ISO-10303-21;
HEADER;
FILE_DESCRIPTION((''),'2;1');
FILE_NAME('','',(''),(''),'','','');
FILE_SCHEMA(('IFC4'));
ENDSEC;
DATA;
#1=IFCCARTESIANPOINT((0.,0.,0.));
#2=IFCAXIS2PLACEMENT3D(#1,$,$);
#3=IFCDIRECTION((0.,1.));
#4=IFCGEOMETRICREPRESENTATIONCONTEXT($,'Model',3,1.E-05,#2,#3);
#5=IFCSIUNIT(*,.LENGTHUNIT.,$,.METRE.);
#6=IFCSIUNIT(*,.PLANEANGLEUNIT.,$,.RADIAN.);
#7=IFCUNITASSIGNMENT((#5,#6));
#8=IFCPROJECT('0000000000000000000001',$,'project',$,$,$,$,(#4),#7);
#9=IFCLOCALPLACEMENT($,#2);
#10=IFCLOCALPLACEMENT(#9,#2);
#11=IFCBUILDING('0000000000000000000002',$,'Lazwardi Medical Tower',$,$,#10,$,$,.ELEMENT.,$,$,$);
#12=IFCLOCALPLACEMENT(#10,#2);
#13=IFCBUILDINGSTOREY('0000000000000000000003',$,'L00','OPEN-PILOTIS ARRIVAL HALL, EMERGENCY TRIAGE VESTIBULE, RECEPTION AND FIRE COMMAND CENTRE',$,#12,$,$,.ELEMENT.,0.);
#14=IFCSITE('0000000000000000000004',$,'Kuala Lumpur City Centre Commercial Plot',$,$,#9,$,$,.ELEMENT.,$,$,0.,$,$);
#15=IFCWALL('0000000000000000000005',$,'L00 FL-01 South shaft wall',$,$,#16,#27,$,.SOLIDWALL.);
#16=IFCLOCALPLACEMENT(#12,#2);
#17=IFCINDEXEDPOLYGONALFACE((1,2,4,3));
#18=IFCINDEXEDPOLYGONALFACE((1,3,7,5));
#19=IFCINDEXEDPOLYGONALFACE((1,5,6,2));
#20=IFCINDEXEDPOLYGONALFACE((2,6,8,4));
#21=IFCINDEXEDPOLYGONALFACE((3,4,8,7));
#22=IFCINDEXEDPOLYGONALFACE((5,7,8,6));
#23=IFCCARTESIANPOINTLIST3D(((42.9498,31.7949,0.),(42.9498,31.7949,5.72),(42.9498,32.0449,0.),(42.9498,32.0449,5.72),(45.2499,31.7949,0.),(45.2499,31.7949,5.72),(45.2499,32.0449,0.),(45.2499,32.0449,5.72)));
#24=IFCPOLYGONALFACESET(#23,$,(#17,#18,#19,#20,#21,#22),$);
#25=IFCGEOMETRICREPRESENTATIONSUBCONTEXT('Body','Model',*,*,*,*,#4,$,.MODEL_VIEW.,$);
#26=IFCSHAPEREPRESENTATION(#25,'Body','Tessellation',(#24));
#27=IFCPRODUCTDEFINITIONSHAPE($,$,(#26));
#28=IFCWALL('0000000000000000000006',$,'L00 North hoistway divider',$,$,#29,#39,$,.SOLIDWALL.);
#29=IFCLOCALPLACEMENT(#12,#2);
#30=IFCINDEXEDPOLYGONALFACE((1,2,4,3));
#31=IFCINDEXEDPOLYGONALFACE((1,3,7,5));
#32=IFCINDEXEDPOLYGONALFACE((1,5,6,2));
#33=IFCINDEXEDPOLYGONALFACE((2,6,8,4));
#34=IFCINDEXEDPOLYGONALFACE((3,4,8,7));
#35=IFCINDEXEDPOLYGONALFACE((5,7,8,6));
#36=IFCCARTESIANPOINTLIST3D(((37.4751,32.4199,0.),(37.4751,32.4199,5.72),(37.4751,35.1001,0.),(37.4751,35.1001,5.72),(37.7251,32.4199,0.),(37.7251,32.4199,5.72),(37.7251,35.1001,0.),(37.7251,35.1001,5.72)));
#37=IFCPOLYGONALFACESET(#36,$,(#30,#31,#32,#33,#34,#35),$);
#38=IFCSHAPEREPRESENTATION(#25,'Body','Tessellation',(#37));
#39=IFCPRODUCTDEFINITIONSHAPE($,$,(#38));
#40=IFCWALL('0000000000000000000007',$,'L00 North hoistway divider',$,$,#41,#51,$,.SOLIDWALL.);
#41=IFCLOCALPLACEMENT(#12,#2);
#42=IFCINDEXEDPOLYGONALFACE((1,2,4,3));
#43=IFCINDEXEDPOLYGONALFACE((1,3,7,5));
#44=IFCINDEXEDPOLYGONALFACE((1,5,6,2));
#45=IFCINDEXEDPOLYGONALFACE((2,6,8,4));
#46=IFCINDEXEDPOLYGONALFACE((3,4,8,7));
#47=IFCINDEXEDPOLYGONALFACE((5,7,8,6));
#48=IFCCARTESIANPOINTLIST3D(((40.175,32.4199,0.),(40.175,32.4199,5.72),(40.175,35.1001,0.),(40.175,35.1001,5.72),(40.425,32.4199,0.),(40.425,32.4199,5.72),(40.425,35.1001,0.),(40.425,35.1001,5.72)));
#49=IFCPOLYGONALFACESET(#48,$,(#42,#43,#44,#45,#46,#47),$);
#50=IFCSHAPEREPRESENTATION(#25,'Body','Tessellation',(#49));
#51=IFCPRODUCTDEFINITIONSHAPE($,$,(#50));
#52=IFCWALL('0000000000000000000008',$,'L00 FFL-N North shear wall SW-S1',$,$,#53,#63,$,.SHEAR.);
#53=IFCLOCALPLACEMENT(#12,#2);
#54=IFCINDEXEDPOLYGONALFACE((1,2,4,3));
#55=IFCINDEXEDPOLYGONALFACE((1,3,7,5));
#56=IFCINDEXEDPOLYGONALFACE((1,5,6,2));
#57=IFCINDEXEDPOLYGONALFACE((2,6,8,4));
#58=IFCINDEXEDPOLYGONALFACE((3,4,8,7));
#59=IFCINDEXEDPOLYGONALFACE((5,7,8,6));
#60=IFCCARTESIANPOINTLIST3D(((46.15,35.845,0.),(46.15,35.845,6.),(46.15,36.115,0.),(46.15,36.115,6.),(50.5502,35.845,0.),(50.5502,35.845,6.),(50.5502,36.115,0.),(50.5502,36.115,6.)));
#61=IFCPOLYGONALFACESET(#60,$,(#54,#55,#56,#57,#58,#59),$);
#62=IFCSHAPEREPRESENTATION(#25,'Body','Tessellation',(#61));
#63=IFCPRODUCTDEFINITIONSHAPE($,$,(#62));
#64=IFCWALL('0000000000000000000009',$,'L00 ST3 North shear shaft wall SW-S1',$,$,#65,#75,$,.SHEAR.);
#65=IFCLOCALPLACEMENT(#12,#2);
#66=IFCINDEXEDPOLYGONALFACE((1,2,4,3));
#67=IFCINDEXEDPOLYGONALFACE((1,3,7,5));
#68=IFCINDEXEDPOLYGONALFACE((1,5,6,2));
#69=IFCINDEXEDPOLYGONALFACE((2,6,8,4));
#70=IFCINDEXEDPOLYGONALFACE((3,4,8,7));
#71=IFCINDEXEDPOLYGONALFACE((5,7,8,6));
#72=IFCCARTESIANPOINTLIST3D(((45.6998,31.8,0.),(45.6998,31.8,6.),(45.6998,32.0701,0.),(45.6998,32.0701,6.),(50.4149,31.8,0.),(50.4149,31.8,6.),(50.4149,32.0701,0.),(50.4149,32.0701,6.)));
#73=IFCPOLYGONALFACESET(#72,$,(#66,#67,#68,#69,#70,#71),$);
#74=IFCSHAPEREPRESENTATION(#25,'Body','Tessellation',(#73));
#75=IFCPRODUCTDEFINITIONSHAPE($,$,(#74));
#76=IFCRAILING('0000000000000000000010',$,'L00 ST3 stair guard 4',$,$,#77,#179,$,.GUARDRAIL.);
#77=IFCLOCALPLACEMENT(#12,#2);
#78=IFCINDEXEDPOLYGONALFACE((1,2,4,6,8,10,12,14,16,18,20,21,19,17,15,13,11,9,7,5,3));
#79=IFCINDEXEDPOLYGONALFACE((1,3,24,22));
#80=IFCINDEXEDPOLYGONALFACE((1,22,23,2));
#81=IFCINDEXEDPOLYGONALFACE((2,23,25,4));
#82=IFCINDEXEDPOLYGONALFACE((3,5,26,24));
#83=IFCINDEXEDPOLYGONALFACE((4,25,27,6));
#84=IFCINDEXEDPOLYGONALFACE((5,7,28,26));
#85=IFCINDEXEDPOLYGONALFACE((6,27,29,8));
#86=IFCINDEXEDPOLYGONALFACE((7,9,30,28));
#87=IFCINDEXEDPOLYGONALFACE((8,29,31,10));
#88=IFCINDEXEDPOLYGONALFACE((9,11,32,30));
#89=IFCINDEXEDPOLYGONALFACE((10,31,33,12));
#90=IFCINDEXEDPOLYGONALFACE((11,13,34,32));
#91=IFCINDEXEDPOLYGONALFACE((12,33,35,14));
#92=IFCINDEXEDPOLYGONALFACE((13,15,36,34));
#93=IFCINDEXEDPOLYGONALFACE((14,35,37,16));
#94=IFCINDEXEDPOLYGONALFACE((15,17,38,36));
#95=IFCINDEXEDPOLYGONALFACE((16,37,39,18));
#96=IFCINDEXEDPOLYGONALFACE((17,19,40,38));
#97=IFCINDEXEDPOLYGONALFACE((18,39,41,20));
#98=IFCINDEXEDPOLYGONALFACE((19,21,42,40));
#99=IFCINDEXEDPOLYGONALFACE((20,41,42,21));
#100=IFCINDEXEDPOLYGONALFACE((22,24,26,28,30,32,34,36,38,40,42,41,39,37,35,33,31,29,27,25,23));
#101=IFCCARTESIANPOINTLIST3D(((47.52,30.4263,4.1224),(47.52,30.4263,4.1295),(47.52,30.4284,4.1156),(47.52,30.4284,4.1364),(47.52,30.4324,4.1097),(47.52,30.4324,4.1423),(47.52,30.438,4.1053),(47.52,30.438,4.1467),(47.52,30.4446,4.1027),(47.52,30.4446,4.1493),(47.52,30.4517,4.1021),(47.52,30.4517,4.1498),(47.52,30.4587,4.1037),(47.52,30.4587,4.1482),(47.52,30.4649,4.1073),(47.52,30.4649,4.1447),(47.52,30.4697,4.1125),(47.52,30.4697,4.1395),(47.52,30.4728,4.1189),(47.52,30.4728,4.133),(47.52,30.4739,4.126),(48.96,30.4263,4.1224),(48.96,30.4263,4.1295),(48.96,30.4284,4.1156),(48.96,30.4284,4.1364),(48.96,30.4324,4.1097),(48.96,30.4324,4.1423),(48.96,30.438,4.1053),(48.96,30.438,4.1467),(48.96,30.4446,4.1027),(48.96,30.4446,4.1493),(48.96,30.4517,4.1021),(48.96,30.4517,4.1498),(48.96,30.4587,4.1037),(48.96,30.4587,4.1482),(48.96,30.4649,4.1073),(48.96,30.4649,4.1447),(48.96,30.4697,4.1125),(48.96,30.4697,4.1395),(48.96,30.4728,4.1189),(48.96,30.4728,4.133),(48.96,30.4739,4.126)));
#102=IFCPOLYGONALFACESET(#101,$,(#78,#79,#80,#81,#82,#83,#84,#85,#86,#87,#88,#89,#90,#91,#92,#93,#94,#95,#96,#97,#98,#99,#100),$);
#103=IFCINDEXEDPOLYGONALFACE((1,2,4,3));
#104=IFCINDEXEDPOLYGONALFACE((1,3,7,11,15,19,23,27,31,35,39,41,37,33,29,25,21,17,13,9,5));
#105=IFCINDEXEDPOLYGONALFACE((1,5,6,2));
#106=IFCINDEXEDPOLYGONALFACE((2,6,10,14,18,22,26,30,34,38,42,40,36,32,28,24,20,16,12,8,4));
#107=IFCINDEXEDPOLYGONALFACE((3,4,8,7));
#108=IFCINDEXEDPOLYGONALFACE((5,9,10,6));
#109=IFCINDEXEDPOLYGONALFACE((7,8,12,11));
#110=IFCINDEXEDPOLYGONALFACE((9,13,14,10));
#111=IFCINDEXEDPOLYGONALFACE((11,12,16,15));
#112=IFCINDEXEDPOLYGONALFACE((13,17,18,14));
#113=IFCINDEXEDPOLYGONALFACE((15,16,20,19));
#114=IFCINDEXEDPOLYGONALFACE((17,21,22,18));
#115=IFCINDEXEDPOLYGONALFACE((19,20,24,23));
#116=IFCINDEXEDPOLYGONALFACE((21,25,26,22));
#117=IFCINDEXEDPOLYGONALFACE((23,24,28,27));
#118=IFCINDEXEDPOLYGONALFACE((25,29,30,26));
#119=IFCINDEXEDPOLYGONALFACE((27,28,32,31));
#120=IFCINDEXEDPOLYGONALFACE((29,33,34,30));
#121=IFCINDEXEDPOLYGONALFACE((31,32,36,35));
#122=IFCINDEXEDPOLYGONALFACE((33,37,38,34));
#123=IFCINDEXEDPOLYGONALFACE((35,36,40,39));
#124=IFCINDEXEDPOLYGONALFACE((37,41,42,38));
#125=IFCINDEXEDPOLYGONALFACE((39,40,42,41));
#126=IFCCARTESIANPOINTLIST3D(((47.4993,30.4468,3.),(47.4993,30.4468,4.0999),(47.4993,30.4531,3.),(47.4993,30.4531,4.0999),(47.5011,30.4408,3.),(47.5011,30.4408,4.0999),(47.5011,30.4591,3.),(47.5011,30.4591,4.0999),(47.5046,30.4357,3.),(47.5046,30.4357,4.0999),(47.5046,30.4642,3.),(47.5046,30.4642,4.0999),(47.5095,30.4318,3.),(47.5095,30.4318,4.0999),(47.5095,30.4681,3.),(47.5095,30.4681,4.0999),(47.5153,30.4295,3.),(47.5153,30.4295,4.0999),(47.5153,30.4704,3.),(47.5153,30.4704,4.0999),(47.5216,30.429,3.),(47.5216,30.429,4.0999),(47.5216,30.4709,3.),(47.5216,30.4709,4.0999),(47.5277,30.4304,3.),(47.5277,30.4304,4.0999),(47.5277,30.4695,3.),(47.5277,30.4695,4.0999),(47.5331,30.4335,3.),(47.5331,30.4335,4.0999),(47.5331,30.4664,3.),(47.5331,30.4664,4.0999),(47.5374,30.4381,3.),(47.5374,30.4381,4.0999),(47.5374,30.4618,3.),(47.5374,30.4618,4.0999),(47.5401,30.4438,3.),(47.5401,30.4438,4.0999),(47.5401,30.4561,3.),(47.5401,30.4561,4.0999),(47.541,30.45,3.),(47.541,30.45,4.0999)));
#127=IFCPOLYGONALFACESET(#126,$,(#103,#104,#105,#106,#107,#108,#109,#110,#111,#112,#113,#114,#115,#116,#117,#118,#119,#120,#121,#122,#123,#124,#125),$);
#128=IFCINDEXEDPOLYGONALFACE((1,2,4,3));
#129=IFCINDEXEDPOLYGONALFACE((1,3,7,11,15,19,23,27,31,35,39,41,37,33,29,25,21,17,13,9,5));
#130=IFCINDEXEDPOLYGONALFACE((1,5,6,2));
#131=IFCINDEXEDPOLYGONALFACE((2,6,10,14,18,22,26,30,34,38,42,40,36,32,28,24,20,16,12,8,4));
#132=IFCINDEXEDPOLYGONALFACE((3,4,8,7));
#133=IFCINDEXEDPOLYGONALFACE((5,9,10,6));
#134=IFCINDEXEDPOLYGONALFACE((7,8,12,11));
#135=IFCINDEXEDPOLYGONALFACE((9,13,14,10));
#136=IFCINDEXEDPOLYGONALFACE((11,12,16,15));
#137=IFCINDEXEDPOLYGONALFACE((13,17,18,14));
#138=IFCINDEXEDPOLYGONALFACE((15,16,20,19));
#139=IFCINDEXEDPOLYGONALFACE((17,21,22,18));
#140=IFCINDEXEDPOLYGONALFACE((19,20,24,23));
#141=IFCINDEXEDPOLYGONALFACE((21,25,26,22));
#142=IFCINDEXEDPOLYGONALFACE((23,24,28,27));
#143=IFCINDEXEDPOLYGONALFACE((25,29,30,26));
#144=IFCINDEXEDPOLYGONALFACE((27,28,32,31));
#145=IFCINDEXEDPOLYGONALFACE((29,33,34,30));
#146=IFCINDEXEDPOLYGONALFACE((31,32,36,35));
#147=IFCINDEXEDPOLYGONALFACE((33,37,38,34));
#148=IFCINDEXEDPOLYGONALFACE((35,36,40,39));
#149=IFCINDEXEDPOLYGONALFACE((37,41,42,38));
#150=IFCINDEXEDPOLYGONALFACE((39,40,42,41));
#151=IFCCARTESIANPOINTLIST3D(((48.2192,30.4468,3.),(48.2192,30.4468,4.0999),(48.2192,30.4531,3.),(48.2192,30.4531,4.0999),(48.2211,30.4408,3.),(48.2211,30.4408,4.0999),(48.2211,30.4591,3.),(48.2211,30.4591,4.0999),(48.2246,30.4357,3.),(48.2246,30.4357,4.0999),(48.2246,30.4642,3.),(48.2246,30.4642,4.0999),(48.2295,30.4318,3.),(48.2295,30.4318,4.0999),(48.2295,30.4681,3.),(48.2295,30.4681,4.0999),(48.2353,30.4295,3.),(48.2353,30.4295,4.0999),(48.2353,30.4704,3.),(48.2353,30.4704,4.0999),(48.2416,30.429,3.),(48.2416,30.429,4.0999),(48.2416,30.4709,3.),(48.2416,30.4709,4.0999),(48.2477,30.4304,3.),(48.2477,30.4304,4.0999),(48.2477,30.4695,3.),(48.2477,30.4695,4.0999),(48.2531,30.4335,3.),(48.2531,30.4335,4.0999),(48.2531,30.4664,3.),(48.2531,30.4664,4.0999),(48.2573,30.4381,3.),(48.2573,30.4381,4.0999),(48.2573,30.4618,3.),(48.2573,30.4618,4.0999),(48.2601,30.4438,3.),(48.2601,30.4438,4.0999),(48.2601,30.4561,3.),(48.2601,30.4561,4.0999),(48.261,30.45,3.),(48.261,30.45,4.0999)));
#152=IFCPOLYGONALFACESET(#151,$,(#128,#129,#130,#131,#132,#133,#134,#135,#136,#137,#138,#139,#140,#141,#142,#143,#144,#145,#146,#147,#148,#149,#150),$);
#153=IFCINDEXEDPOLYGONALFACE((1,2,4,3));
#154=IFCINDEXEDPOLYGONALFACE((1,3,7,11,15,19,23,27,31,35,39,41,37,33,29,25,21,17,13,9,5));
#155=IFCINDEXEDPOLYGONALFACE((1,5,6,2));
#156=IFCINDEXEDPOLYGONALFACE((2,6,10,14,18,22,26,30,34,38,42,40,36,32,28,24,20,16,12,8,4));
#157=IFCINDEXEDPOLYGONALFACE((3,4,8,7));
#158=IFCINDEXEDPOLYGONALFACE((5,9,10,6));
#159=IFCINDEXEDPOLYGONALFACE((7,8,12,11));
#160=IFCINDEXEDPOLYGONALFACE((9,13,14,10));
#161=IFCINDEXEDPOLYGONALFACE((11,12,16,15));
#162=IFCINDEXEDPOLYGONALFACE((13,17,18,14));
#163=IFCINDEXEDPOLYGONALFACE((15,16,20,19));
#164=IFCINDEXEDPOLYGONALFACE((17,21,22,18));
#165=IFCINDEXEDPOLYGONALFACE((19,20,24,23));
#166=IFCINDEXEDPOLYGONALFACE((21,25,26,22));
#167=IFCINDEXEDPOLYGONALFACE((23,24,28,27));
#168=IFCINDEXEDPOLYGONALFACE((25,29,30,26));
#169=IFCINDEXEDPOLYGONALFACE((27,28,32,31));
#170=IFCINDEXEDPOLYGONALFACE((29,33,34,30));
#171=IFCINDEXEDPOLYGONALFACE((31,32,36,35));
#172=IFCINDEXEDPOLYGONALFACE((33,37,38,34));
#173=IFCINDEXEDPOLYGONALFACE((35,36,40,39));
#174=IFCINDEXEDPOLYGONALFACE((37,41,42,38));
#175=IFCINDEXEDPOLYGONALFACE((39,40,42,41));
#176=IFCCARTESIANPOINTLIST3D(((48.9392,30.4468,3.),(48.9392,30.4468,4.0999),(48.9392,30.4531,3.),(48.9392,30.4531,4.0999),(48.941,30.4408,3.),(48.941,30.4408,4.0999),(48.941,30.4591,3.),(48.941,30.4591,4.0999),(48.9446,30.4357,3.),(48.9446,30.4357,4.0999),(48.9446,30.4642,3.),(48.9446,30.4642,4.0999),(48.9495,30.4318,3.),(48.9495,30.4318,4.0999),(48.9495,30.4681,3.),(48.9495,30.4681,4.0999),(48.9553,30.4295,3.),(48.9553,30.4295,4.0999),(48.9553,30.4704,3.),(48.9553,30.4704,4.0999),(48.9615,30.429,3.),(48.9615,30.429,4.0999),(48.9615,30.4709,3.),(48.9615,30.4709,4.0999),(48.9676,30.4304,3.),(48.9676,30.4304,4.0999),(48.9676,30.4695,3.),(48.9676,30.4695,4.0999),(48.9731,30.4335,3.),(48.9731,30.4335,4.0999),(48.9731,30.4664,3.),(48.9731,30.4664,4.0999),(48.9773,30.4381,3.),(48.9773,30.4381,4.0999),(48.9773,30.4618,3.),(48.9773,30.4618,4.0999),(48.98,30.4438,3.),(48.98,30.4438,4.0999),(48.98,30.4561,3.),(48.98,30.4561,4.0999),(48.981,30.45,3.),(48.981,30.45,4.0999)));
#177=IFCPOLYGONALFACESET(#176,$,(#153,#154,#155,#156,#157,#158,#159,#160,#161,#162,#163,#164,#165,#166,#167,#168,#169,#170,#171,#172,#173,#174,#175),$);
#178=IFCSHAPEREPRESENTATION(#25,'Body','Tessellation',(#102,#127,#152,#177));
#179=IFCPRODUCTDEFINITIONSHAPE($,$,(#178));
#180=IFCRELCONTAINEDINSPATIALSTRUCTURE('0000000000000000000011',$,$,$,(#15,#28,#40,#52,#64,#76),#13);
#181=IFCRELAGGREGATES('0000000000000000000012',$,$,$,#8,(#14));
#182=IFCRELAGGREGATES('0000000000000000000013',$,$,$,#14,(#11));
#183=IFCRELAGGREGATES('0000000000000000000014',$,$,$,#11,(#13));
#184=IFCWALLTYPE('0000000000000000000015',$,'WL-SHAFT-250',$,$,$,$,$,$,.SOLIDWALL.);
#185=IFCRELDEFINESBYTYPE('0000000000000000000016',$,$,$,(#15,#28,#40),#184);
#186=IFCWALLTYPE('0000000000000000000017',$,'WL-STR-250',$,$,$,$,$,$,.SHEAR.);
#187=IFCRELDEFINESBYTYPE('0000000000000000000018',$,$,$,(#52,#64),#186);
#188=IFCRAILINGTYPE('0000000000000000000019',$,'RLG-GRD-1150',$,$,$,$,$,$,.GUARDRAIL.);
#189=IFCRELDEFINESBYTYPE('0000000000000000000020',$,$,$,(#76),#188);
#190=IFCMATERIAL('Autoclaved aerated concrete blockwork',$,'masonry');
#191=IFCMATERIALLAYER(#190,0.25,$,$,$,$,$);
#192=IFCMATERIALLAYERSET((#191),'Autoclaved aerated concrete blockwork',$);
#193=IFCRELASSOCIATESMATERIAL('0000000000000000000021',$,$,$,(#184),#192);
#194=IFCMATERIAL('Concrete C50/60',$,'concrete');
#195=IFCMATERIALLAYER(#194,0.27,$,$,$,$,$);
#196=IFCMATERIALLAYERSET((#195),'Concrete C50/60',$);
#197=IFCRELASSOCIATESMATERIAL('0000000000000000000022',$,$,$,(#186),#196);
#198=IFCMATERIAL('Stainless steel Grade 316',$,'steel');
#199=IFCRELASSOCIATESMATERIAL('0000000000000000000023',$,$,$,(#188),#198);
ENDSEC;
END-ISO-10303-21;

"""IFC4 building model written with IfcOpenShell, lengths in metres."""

from ifc_helpers import new_model, si_unit, direction, frame, frame_2d, origin, origin_2d, place, context, subcontext, project, spatial, rectangle, circle, extrude, material, layer, layer_set, type_object, element, save


model = new_model("IFC4")

# Units and contexts
model_context = context("Model", 3, precision=1e-05, world=origin(), true_north=direction((0.0, 1.0)))
body_context = subcontext(model_context, "Body", "Model", "MODEL_VIEW")
ifc_project = project(units=[si_unit("LENGTHUNIT", "METRE"), si_unit("PLANEANGLEUNIT", "RADIAN")], contexts=[model_context])

# Site, building, storey
site_placement = place(None, origin())
site = spatial("IfcSite", under=ifc_project, at=site_placement, Name="Kuala Lumpur City Centre Commercial Plot", CompositionType="ELEMENT", RefElevation=0.0)
building_placement = place(site_placement, origin())
building = spatial("IfcBuilding", under=site, at=building_placement, Name="Lazwardi Medical Tower", CompositionType="ELEMENT")
storey_placement = place(building_placement, origin())
storey = spatial("IfcBuildingStorey", under=building, at=storey_placement, Name="L00", Description="OPEN-PILOTIS ARRIVAL HALL, EMERGENCY TRIAGE VESTIBULE, RECEPTION AND FIRE COMMAND CENTRE", CompositionType="ELEMENT", Elevation=0.0)

# Walls
ifc_material_1 = material(Name="Autoclaved aerated concrete blockwork", Category="masonry")
ifc_layer_1 = layer(ifc_material_1, 0.25)
ifc_layer_set_1 = layer_set([ifc_layer_1], Name="Autoclaved aerated concrete blockwork")
wall_type_1 = type_object("IfcWallType", Name="WL-SHAFT-250", PredefinedType="SOLIDWALL", material=ifc_layer_set_1)
wall_1_placement = place(storey_placement, frame((42.95, 31.9199, 0.0), z_axis=(0.0, 0.0, 1.0), x_axis=(1.0, 0.0, 0.0)))
element("IfcWall", 1, at=wall_1_placement, inside=storey, type_object=wall_type_1, Name="L00 FL-01 South shaft wall", PredefinedType="SOLIDWALL", context=body_context, shape_type="SweptSolid", body=[
    extrude(rectangle(XDim=2.3, YDim=0.25, at=frame_2d((1.1499, 0.0))), origin(), (0.0, 0.0, 1.0), 5.72),
])
for number, where, z_axis, x_axis, name in (
    (2, (37.6001, 32.4199, 0.0), (0.0, 0.0, 1.0), (0.0, 1.0, 0.0), "L00 North hoistway divider"),
    (3, (40.3, 32.4199, 0.0), (0.0, 0.0, 1.0), (0.0, 1.0, 0.0), "L00 North hoistway divider"),
):
    element("IfcWall", number, at=place(storey_placement, frame(where, z_axis=z_axis, x_axis=x_axis)), inside=storey, type_object=wall_type_1, Name=name, PredefinedType="SOLIDWALL", context=body_context, shape_type="SweptSolid", body=[
        extrude(rectangle(XDim=2.6802, YDim=0.25, at=frame_2d((1.3401, 0.0))), origin(), (0.0, 0.0, 1.0), 5.72),
    ])
ifc_material_2 = material(Name="Concrete C50/60", Category="concrete")
ifc_layer_2 = layer(ifc_material_2, 0.27)
ifc_layer_set_2 = layer_set([ifc_layer_2], Name="Concrete C50/60")
wall_type_2 = type_object("IfcWallType", Name="WL-STR-250", PredefinedType="SHEAR", material=ifc_layer_set_2)
wall_2_placement = place(storey_placement, frame((46.1499, 35.98, 0.0), z_axis=(0.0, 0.0, 1.0), x_axis=(1.0, 0.0, 0.0)))
element("IfcWall", 4, at=wall_2_placement, inside=storey, type_object=wall_type_2, Name="L00 FFL-N North shear wall SW-S1", PredefinedType="SHEAR", context=body_context, shape_type="SweptSolid", body=[
    extrude(rectangle(XDim=4.4001, YDim=0.27, at=frame_2d((2.2002, 0.0))), origin(), (0.0, 0.0, 1.0), 6.0),
])
wall_3_placement = place(storey_placement, frame((45.7, 31.9351, 0.0), z_axis=(0.0, 0.0, 1.0), x_axis=(1.0, 0.0, 0.0)))
element("IfcWall", 5, at=wall_3_placement, inside=storey, type_object=wall_type_2, Name="L00 ST3 North shear shaft wall SW-S1", PredefinedType="SHEAR", context=body_context, shape_type="SweptSolid", body=[
    extrude(rectangle(XDim=4.7151, YDim=0.27, at=frame_2d((2.3574, 0.0))), origin(), (0.0, 0.0, 1.0), 6.0),
])

# Railing
ifc_material_3 = material(Name="Stainless steel Grade 316", Category="steel")
railing_type = type_object("IfcRailingType", Name="RLG-GRD-1150", PredefinedType="GUARDRAIL", material=ifc_material_3)
railing_1_placement = place(storey_placement, frame((47.52, 30.45, 3.0)))
element("IfcRailing", 6, at=railing_1_placement, inside=storey, type_object=railing_type, Name="L00 ST3 stair guard 4", PredefinedType="GUARDRAIL", context=body_context, shape_type="SweptSolid", body=[
    extrude(circle(Radius=0.0239, at=origin_2d()), frame((0.0, 0.0, 1.126), z_axis=(1.0, 0.0, 0.0), x_axis=(0.0, 1.0, 0.0)), (0.0, 0.0, 1.0), 1.4399),
    extrude(circle(Radius=0.021, at=origin_2d()), origin(), (0.0, 0.0, 1.0), 1.0999),
    extrude(circle(Radius=0.021, at=origin_2d()), frame((0.72, 0.0, 0.0)), (0.0, 0.0, 1.0), 1.0999),
    extrude(circle(Radius=0.021, at=origin_2d()), frame((1.4399, 0.0, 0.0)), (0.0, 0.0, 1.0), 1.0999),
])

save(model, "model.ifc")
